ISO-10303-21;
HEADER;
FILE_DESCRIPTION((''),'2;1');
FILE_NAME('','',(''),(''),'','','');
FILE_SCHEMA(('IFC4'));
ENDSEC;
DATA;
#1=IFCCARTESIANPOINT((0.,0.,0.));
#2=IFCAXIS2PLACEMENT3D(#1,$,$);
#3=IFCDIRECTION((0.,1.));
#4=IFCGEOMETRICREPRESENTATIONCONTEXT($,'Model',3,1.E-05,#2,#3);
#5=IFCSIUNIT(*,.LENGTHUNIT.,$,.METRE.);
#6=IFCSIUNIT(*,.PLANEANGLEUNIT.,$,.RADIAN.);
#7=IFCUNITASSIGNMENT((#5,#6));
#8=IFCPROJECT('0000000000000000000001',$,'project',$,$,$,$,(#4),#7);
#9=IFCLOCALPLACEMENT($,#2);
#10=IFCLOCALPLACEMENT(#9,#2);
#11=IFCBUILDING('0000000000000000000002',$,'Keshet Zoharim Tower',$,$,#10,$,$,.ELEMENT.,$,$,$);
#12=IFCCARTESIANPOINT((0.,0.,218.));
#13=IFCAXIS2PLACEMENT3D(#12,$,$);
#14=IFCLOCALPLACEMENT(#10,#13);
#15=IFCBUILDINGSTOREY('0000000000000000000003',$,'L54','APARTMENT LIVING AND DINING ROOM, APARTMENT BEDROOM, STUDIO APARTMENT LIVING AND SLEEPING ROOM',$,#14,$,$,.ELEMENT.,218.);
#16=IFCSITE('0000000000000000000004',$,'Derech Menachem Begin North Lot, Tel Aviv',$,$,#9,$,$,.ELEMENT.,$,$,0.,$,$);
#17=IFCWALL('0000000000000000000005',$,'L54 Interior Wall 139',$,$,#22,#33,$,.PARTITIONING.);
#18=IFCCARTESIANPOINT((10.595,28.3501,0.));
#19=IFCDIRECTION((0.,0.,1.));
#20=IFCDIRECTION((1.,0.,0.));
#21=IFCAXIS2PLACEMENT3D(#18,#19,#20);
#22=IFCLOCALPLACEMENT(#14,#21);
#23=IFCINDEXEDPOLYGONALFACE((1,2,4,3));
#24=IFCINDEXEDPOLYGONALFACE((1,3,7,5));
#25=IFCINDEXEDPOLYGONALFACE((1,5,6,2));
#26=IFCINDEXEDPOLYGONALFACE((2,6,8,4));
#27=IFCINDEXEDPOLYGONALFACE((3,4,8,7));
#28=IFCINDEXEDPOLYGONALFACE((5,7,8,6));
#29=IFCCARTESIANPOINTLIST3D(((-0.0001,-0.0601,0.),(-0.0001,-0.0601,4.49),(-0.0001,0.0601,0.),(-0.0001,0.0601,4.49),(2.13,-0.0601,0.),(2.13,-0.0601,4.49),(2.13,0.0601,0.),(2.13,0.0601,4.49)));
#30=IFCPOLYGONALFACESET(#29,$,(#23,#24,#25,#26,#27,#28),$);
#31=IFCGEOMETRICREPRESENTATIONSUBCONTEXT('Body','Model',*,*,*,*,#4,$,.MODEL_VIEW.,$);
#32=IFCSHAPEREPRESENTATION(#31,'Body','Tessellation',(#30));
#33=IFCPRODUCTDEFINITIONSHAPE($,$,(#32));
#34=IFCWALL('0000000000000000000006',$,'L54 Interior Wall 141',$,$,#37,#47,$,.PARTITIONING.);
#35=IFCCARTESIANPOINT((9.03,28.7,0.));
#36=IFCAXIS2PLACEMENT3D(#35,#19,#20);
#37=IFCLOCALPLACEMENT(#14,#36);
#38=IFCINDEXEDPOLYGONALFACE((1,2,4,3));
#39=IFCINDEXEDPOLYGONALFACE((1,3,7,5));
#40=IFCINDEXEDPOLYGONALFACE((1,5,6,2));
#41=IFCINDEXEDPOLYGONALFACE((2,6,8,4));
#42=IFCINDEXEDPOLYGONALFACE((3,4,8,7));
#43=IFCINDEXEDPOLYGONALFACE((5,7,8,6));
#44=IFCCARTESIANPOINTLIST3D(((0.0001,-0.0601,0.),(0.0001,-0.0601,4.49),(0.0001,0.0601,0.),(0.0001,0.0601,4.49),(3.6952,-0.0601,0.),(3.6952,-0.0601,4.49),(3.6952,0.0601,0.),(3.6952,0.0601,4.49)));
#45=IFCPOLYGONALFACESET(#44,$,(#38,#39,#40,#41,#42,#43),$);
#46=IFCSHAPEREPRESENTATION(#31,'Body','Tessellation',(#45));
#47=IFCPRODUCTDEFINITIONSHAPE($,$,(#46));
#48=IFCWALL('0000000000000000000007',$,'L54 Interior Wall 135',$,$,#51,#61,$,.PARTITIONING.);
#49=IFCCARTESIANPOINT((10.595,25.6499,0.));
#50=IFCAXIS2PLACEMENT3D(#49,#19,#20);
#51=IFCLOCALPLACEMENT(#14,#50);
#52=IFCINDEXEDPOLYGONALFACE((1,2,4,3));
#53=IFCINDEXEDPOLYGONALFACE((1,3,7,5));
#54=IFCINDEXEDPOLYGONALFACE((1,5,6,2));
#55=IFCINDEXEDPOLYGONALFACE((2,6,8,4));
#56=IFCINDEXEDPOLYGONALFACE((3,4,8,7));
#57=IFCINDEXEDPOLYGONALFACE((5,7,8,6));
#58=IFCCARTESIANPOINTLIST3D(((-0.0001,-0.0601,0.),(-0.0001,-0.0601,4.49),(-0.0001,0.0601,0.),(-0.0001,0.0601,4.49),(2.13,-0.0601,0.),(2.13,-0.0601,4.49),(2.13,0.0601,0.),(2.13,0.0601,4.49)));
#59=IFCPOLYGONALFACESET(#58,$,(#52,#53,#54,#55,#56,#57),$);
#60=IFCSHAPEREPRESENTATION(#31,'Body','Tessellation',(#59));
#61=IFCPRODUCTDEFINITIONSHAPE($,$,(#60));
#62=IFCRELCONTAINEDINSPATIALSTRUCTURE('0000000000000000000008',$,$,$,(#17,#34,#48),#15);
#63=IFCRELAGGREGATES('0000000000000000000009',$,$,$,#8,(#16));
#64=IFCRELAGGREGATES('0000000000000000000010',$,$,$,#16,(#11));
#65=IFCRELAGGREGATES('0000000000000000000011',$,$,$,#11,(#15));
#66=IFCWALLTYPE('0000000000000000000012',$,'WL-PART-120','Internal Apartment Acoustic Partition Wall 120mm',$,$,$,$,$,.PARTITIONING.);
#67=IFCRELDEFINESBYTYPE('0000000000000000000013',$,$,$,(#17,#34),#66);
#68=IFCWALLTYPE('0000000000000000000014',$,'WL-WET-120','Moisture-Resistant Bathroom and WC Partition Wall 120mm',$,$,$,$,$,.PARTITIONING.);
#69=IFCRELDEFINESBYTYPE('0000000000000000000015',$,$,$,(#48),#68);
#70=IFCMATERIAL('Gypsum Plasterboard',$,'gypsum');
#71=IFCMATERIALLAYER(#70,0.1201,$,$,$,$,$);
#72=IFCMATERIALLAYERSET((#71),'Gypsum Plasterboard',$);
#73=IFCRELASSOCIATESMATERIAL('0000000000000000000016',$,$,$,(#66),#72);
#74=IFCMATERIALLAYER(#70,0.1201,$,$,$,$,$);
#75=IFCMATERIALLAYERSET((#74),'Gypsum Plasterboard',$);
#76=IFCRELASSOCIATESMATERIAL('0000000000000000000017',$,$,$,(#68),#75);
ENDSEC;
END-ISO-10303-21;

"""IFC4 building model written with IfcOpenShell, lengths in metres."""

from ifc_helpers import new_model, si_unit, direction, frame, frame_2d, origin, place, context, subcontext, project, spatial, rectangle, extrude, material, layer, layer_set, type_object, element, save


model = new_model("IFC4")

# Units and contexts
model_context = context("Model", 3, precision=1e-05, world=origin(), true_north=direction((0.0, 1.0)))
body_context = subcontext(model_context, "Body", "Model", "MODEL_VIEW")
ifc_project = project(units=[si_unit("LENGTHUNIT", "METRE"), si_unit("PLANEANGLEUNIT", "RADIAN")], contexts=[model_context])

# Site, building, storey
site_placement = place(None, origin())
site = spatial("IfcSite", under=ifc_project, at=site_placement, Name="Derech Menachem Begin North Lot, Tel Aviv", CompositionType="ELEMENT", RefElevation=0.0)
building_placement = place(site_placement, origin())
building = spatial("IfcBuilding", under=site, at=building_placement, Name="Keshet Zoharim Tower", CompositionType="ELEMENT")
storey_placement = place(building_placement, frame((0.0, 0.0, 218.0)))
storey = spatial("IfcBuildingStorey", under=building, at=storey_placement, Name="L54", Description="APARTMENT LIVING AND DINING ROOM, APARTMENT BEDROOM, STUDIO APARTMENT LIVING AND SLEEPING ROOM", CompositionType="ELEMENT", Elevation=218.0)

# Shared definitions
ifc_material_1 = material(Name="Gypsum Plasterboard", Category="gypsum")

# Shared definitions
ifc_layer_1 = layer(ifc_material_1, 0.1201)
ifc_layer_set_1 = layer_set([ifc_layer_1], Name="Gypsum Plasterboard")
wall_type_1 = type_object("IfcWallType", Name="WL-PART-120", Description="Internal Apartment Acoustic Partition Wall 120mm", PredefinedType="PARTITIONING", material=ifc_layer_set_1)

# Walls
wall_1_placement = place(storey_placement, frame((10.595, 28.3501, 0.0), z_axis=(0.0, 0.0, 1.0), x_axis=(1.0, 0.0, 0.0)))
element("IfcWall", 1, at=wall_1_placement, inside=storey, type_object=wall_type_1, Name="L54 Interior Wall 139", PredefinedType="PARTITIONING", context=body_context, shape_type="SweptSolid", body=[
    extrude(rectangle(XDim=2.1301, YDim=0.1201, at=frame_2d((1.0649, 0.0))), origin(), (0.0, 0.0, 1.0), 4.49),
])
wall_2_placement = place(storey_placement, frame((9.03, 28.7, 0.0), z_axis=(0.0, 0.0, 1.0), x_axis=(1.0, 0.0, 0.0)))
element("IfcWall", 2, at=wall_2_placement, inside=storey, type_object=wall_type_1, Name="L54 Interior Wall 141", PredefinedType="PARTITIONING", context=body_context, shape_type="SweptSolid", body=[
    extrude(rectangle(XDim=3.6951, YDim=0.1201, at=frame_2d((1.8477, 0.0))), origin(), (0.0, 0.0, 1.0), 4.49),
])

# Wall
ifc_layer_2 = layer(ifc_material_1, 0.1201)
ifc_layer_set_2 = layer_set([ifc_layer_2], Name="Gypsum Plasterboard")
wall_type_2 = type_object("IfcWallType", Name="WL-WET-120", Description="Moisture-Resistant Bathroom and WC Partition Wall 120mm", PredefinedType="PARTITIONING", material=ifc_layer_set_2)
wall_3_placement = place(storey_placement, frame((10.595, 25.6499, 0.0), z_axis=(0.0, 0.0, 1.0), x_axis=(1.0, 0.0, 0.0)))
element("IfcWall", 3, at=wall_3_placement, inside=storey, type_object=wall_type_2, Name="L54 Interior Wall 135", PredefinedType="PARTITIONING", context=body_context, shape_type="SweptSolid", body=[
    extrude(rectangle(XDim=2.1301, YDim=0.1201, at=frame_2d((1.0649, 0.0))), origin(), (0.0, 0.0, 1.0), 4.49),
])

save(model, "model.ifc")
